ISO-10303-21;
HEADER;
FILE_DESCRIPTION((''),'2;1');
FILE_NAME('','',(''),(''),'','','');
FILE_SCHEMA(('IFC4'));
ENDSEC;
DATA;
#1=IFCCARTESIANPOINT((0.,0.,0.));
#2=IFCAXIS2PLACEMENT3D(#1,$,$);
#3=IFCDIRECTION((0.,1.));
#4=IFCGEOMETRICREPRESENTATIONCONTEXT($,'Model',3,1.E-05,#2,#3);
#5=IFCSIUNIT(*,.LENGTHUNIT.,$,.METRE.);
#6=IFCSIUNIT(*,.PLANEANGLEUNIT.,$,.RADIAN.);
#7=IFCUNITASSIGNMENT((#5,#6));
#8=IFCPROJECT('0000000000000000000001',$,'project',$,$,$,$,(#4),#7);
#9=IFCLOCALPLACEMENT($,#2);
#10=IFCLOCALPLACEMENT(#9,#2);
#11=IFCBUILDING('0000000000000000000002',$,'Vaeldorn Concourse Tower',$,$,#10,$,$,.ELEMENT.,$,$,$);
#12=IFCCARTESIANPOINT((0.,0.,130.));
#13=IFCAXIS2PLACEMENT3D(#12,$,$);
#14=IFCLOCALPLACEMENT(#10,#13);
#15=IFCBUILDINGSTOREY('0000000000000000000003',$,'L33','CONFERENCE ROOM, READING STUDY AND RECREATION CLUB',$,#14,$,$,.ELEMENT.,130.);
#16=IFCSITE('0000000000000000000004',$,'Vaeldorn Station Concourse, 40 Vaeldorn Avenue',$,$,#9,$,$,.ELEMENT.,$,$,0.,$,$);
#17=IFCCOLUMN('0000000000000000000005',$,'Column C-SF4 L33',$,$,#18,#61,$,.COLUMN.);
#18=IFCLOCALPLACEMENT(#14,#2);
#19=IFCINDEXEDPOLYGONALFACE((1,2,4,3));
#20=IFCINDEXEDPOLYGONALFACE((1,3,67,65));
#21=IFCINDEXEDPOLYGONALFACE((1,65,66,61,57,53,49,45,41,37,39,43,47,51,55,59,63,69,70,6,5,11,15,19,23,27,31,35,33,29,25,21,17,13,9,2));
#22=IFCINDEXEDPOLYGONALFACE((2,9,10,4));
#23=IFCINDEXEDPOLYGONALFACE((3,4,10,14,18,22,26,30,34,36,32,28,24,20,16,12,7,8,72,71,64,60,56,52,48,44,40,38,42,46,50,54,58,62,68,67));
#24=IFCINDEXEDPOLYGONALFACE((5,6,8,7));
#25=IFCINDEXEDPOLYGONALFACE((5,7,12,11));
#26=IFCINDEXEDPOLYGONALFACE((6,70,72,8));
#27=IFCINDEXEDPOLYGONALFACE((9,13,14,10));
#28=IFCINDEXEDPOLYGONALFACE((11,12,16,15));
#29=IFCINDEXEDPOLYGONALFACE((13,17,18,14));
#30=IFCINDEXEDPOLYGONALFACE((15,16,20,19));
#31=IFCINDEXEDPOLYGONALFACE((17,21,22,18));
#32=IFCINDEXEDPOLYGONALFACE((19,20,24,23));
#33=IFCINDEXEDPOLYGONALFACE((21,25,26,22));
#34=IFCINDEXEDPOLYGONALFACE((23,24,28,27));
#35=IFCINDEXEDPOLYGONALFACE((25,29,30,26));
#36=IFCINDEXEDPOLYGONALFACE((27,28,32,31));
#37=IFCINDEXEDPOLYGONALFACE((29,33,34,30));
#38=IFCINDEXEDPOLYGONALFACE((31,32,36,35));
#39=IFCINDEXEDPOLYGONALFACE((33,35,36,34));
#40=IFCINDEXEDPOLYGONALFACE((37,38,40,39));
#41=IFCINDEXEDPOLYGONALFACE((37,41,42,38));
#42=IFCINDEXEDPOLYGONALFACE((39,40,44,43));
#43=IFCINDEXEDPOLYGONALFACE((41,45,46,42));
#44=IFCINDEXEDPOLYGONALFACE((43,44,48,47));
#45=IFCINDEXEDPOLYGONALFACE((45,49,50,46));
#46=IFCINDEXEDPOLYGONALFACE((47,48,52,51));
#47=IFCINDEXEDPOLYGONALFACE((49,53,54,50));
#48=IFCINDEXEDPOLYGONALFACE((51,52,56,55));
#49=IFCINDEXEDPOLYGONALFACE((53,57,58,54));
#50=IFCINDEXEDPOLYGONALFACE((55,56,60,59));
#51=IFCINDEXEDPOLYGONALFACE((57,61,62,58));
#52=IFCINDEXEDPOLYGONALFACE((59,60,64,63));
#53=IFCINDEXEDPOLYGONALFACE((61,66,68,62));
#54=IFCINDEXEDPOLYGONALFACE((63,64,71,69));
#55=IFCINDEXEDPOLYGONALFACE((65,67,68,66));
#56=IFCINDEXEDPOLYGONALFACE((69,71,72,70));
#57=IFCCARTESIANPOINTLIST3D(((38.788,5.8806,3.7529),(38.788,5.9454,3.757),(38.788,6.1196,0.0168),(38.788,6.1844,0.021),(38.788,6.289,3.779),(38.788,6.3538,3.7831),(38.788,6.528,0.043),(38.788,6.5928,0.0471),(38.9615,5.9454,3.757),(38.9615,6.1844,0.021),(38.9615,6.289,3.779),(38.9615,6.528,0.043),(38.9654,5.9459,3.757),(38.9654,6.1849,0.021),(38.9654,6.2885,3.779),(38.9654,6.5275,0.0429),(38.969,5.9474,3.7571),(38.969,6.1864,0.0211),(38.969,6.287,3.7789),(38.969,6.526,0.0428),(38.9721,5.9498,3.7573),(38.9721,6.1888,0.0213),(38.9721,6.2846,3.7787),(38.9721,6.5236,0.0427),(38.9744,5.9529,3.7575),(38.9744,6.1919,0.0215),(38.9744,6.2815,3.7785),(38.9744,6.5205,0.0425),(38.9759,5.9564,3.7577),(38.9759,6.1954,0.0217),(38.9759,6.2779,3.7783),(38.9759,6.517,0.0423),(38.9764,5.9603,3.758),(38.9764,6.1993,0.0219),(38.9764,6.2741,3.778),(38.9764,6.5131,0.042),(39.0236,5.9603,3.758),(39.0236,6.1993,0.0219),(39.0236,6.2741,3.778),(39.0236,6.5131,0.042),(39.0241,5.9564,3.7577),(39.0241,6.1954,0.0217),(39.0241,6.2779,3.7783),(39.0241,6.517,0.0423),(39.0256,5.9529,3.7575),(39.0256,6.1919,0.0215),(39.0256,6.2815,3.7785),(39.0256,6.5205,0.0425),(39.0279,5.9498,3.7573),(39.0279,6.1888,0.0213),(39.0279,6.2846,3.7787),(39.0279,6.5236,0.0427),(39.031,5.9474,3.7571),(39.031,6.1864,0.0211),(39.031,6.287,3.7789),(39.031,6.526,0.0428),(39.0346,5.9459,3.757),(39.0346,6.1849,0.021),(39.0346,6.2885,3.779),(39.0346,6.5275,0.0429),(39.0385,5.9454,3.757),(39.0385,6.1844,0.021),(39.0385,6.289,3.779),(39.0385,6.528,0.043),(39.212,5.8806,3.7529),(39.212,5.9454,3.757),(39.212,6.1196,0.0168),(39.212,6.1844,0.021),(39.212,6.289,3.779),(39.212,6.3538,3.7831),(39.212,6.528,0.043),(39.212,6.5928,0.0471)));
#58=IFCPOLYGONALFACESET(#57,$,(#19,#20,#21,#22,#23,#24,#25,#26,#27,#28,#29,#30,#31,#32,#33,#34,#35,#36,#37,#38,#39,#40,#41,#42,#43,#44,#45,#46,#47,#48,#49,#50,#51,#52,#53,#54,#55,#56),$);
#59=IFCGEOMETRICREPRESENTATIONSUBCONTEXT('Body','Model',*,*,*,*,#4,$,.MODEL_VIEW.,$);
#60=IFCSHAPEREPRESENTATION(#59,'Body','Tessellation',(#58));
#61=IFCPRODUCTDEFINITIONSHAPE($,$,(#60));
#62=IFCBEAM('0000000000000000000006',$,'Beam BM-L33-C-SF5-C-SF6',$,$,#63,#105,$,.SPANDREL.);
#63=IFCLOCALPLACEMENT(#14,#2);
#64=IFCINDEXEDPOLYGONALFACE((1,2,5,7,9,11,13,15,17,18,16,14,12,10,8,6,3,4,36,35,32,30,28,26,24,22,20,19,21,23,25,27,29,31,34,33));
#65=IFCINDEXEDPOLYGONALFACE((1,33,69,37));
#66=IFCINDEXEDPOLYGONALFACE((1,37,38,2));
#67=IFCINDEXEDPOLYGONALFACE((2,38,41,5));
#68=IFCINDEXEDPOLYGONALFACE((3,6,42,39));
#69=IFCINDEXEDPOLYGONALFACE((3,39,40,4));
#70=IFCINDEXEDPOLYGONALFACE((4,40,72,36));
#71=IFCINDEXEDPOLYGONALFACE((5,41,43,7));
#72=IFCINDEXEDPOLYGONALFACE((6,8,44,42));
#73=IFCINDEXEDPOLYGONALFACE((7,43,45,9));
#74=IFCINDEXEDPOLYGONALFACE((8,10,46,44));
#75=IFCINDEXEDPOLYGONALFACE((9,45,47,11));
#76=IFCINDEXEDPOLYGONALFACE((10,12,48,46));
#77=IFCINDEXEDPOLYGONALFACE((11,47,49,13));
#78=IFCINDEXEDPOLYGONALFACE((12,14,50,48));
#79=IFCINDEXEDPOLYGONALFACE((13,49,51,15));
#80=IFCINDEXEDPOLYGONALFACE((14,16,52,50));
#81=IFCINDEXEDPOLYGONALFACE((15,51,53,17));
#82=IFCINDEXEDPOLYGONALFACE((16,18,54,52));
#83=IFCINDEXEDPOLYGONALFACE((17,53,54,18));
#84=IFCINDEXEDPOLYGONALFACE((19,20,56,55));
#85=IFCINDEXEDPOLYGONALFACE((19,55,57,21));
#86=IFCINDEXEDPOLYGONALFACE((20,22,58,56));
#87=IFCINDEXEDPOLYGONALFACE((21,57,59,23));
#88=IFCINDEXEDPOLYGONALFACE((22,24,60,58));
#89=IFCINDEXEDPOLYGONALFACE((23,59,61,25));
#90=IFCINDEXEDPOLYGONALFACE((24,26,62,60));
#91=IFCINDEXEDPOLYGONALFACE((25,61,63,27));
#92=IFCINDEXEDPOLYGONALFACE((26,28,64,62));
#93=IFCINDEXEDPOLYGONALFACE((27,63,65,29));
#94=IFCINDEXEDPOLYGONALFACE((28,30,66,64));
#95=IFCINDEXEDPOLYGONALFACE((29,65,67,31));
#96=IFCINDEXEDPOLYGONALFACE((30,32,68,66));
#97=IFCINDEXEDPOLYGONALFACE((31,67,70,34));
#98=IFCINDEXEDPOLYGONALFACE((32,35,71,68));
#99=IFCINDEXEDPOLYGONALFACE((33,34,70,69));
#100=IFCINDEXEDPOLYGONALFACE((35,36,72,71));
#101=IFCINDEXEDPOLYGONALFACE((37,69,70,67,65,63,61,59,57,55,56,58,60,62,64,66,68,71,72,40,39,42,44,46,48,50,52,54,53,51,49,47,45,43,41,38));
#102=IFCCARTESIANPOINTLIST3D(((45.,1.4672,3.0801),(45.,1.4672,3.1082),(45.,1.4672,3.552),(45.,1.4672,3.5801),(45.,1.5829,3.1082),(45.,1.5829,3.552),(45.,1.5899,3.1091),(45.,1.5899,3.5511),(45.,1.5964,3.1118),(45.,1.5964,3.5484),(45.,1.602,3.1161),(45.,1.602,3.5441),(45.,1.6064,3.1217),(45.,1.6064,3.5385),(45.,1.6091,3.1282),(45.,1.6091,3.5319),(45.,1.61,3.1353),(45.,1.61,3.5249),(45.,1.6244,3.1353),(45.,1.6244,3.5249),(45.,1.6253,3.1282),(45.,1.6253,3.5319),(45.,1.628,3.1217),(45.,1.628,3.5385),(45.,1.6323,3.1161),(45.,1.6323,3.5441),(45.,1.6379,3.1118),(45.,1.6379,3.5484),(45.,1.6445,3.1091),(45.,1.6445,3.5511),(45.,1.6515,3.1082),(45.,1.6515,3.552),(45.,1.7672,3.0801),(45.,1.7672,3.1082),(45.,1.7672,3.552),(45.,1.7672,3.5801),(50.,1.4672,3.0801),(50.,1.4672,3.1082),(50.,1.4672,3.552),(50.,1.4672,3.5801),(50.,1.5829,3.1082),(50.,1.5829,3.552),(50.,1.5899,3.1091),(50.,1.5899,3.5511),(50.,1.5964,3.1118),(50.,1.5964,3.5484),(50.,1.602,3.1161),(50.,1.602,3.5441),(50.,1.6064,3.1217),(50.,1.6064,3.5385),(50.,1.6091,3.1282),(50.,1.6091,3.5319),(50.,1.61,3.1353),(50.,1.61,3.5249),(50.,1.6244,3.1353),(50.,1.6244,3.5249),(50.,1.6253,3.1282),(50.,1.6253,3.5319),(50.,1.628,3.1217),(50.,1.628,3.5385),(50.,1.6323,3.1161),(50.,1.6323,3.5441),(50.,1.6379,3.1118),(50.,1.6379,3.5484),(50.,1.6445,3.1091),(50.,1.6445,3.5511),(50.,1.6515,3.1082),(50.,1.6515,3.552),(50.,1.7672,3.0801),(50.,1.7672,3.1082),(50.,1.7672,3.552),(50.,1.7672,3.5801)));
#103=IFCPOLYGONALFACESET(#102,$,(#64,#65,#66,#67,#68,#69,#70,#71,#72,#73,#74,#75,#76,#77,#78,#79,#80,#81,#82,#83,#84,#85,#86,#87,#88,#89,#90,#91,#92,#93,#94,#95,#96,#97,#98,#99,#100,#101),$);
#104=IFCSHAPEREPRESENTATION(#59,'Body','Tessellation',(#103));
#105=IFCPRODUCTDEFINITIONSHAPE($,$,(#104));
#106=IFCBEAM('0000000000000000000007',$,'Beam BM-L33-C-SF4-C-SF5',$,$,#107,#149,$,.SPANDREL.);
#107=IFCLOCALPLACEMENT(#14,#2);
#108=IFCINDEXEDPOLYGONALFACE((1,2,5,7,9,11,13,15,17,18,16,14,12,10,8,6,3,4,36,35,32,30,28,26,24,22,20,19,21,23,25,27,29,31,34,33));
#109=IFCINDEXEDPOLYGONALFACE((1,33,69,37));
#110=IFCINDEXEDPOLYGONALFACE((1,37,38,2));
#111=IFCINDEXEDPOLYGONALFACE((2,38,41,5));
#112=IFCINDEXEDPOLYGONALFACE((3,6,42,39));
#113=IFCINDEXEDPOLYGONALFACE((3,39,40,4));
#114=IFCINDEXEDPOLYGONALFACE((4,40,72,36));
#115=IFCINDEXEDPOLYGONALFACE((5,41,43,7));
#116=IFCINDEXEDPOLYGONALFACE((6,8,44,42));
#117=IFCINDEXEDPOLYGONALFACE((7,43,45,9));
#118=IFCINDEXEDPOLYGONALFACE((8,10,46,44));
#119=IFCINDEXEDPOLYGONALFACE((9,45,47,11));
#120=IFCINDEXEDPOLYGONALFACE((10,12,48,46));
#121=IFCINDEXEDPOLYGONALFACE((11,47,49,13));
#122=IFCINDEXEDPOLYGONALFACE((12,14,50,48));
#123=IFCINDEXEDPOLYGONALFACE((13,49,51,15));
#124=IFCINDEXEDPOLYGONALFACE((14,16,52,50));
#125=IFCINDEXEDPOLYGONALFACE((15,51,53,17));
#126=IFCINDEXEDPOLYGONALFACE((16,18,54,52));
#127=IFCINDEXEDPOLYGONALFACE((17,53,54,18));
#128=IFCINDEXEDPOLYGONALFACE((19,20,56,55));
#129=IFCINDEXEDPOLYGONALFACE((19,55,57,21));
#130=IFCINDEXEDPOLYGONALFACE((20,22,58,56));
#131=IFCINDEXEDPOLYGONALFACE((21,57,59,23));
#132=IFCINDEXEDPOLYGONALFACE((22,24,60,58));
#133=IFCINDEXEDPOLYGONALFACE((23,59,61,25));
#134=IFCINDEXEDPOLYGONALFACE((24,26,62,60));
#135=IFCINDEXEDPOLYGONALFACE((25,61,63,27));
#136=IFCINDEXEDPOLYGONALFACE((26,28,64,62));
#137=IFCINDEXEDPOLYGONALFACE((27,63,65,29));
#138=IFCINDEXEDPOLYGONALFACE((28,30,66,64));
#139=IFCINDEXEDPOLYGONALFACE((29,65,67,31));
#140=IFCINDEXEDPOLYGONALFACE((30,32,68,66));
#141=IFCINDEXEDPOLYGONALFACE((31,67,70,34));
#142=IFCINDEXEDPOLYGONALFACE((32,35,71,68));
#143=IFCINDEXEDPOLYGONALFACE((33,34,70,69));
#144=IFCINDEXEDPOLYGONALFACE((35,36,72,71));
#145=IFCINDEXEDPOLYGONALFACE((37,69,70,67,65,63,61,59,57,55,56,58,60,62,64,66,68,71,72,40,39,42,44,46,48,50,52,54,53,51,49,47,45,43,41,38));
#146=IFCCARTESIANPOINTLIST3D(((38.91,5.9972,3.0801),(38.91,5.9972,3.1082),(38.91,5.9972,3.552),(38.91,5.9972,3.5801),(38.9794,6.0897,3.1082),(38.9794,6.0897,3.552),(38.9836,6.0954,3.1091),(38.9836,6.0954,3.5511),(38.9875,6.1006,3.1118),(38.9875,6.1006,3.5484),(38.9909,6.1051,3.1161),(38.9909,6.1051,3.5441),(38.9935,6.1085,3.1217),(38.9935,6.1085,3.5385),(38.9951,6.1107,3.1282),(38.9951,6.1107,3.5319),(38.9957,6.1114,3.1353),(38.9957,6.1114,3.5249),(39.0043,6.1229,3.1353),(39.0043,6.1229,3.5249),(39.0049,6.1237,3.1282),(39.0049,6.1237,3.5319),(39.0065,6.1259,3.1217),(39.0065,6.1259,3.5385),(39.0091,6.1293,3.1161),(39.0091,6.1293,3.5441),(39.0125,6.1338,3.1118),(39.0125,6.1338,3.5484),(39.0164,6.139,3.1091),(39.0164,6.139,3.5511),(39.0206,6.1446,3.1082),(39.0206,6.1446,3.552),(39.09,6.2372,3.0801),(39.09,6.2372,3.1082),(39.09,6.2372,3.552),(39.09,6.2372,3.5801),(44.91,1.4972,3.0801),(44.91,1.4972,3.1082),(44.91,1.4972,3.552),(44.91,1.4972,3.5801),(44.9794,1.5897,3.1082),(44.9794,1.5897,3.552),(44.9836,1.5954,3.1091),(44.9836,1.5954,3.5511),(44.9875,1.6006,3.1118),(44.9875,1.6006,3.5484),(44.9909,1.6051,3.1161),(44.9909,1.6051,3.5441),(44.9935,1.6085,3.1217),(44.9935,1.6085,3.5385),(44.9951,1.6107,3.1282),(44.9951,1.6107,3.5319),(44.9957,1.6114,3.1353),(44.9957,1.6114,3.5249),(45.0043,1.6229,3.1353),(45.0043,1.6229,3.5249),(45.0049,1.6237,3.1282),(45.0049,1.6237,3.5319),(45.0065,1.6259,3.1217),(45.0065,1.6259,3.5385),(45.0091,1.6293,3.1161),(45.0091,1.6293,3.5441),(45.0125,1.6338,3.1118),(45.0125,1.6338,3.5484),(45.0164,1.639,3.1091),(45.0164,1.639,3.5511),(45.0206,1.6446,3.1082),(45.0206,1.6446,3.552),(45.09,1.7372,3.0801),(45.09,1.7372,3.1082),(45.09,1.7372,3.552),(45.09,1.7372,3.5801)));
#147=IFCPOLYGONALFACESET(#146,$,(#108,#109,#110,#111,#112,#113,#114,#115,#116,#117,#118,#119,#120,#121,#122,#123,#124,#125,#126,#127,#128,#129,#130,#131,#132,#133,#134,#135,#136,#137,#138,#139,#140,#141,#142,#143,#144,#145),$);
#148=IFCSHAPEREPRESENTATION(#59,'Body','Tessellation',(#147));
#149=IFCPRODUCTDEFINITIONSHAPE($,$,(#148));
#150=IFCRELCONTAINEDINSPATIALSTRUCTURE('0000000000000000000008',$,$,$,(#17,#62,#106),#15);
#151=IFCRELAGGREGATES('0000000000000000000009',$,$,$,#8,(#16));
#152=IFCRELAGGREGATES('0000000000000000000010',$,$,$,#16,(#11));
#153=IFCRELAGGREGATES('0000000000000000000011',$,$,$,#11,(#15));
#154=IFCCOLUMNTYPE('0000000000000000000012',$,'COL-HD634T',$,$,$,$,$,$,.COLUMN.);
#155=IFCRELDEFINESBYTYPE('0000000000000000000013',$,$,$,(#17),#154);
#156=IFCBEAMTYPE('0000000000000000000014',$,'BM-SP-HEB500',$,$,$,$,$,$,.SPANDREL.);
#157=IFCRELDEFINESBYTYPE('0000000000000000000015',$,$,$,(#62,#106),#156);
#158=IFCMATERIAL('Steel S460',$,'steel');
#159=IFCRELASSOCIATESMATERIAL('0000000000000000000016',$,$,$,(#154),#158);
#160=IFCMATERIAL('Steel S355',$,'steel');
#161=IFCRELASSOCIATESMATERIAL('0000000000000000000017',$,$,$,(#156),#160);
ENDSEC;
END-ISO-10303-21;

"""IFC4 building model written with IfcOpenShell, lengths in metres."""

from ifc_helpers import new_model, si_unit, direction, frame, origin, origin_2d, place, context, subcontext, project, spatial, i_section, extrude, source, transform, mapped, material, material_profile, profile_set, type_object, element, save


model = new_model("IFC4")

# Units and contexts
model_context = context("Model", 3, precision=1e-05, world=origin(), true_north=direction((0.0, 1.0)))
body_context = subcontext(model_context, "Body", "Model", "MODEL_VIEW")
ifc_project = project(units=[si_unit("LENGTHUNIT", "METRE"), si_unit("PLANEANGLEUNIT", "RADIAN")], contexts=[model_context])

# Site, building, storey
site_placement = place(None, origin())
site = spatial("IfcSite", under=ifc_project, at=site_placement, Name="Vaeldorn Station Concourse, 40 Vaeldorn Avenue", CompositionType="ELEMENT", RefElevation=0.0)
building_placement = place(site_placement, origin())
building = spatial("IfcBuilding", under=site, at=building_placement, Name="Vaeldorn Concourse Tower", CompositionType="ELEMENT")
storey_placement = place(building_placement, frame((0.0, 0.0, 130.0)))
storey = spatial("IfcBuildingStorey", under=building, at=storey_placement, Name="L33", Description="CONFERENCE ROOM, READING STUDY AND RECREATION CLUB", CompositionType="ELEMENT", Elevation=130.0)

# Column
ifc_material_1 = material(Name="Steel S460", Category="steel")
ifc_material_profile_1 = material_profile(ifc_material_1, i_section(OverallWidth=0.4241, OverallDepth=0.4741, WebThickness=0.0471, FlangeThickness=0.0649, FilletRadius=0.0149, at=origin_2d()), Name="HD 400x634")
ifc_profile_set_1 = profile_set([ifc_material_profile_1], Name="Steel S460")
column_type = type_object("IfcColumnType", Name="COL-HD634T", PredefinedType="COLUMN", material=ifc_profile_set_1)
shared_shape_1 = source(origin(), body_context, "Body", "SweptSolid", [
    extrude(i_section(OverallWidth=0.4241, OverallDepth=0.4741, WebThickness=0.0471, FlangeThickness=0.0649, FilletRadius=0.0149, at=origin_2d()), origin(), (0.0, 0.0, 1.0), 3.7437),
])
column_placement = place(storey_placement, frame((39.0, 6.3562, 0.032), z_axis=(0.0, -0.063844, 0.99796), x_axis=(1.0, 0.0, 0.0)))
element("IfcColumn", 1, at=column_placement, inside=storey, type_object=column_type, Name="Column C-SF4 L33", PredefinedType="COLUMN", context=body_context, shape_type="MappedRepresentation", body=[
    mapped(shared_shape_1, transform((0.0, 0.0, 0.0), scale=1.0)),
])

# Beams
ifc_material_2 = material(Name="Steel S355", Category="steel")
ifc_material_profile_2 = material_profile(ifc_material_2, i_section(OverallWidth=0.3, OverallDepth=0.5, WebThickness=0.0144, FlangeThickness=0.0281, FilletRadius=0.0271, at=origin_2d()), Name="HEB 500")
ifc_profile_set_2 = profile_set([ifc_material_profile_2], Name="Steel S355")
beam_type_1 = type_object("IfcBeamType", Name="BM-SP-HEB500", PredefinedType="SPANDREL", material=ifc_profile_set_2)
shared_shape_2 = source(origin(), body_context, "Body", "SweptSolid", [
    extrude(i_section(OverallWidth=0.3, OverallDepth=0.5, WebThickness=0.0144, FlangeThickness=0.0281, FilletRadius=0.0271, at=origin_2d()), origin(), (0.0, 0.0, 1.0), 5.0),
])
beam_1_placement = place(storey_placement, frame((45.0, 1.6172, 3.3301), z_axis=(1.0, 0.0, 0.0), x_axis=(0.0, 1.0, 0.0)))
element("IfcBeam", 2, at=beam_1_placement, inside=storey, type_object=beam_type_1, Name="Beam BM-L33-C-SF5-C-SF6", PredefinedType="SPANDREL", context=body_context, shape_type="MappedRepresentation", body=[
    mapped(shared_shape_2, transform((0.0, 0.0, 0.0), scale=1.0)),
])
shared_shape_3 = source(origin(), body_context, "Body", "SweptSolid", [
    extrude(i_section(OverallWidth=0.3, OverallDepth=0.5, WebThickness=0.0144, FlangeThickness=0.0281, FilletRadius=0.0271, at=origin_2d()), origin(), (0.0, 0.0, 1.0), 7.5),
])
beam_2_placement = place(storey_placement, frame((39.0, 6.1172, 3.3301), z_axis=(0.8, -0.6, 0.0), x_axis=(0.6, 0.8, 0.0)))
element("IfcBeam", 3, at=beam_2_placement, inside=storey, type_object=beam_type_1, Name="Beam BM-L33-C-SF4-C-SF5", PredefinedType="SPANDREL", context=body_context, shape_type="MappedRepresentation", body=[
    mapped(shared_shape_3, transform((0.0, 0.0, 0.0), scale=1.0)),
])

save(model, "model.ifc")
